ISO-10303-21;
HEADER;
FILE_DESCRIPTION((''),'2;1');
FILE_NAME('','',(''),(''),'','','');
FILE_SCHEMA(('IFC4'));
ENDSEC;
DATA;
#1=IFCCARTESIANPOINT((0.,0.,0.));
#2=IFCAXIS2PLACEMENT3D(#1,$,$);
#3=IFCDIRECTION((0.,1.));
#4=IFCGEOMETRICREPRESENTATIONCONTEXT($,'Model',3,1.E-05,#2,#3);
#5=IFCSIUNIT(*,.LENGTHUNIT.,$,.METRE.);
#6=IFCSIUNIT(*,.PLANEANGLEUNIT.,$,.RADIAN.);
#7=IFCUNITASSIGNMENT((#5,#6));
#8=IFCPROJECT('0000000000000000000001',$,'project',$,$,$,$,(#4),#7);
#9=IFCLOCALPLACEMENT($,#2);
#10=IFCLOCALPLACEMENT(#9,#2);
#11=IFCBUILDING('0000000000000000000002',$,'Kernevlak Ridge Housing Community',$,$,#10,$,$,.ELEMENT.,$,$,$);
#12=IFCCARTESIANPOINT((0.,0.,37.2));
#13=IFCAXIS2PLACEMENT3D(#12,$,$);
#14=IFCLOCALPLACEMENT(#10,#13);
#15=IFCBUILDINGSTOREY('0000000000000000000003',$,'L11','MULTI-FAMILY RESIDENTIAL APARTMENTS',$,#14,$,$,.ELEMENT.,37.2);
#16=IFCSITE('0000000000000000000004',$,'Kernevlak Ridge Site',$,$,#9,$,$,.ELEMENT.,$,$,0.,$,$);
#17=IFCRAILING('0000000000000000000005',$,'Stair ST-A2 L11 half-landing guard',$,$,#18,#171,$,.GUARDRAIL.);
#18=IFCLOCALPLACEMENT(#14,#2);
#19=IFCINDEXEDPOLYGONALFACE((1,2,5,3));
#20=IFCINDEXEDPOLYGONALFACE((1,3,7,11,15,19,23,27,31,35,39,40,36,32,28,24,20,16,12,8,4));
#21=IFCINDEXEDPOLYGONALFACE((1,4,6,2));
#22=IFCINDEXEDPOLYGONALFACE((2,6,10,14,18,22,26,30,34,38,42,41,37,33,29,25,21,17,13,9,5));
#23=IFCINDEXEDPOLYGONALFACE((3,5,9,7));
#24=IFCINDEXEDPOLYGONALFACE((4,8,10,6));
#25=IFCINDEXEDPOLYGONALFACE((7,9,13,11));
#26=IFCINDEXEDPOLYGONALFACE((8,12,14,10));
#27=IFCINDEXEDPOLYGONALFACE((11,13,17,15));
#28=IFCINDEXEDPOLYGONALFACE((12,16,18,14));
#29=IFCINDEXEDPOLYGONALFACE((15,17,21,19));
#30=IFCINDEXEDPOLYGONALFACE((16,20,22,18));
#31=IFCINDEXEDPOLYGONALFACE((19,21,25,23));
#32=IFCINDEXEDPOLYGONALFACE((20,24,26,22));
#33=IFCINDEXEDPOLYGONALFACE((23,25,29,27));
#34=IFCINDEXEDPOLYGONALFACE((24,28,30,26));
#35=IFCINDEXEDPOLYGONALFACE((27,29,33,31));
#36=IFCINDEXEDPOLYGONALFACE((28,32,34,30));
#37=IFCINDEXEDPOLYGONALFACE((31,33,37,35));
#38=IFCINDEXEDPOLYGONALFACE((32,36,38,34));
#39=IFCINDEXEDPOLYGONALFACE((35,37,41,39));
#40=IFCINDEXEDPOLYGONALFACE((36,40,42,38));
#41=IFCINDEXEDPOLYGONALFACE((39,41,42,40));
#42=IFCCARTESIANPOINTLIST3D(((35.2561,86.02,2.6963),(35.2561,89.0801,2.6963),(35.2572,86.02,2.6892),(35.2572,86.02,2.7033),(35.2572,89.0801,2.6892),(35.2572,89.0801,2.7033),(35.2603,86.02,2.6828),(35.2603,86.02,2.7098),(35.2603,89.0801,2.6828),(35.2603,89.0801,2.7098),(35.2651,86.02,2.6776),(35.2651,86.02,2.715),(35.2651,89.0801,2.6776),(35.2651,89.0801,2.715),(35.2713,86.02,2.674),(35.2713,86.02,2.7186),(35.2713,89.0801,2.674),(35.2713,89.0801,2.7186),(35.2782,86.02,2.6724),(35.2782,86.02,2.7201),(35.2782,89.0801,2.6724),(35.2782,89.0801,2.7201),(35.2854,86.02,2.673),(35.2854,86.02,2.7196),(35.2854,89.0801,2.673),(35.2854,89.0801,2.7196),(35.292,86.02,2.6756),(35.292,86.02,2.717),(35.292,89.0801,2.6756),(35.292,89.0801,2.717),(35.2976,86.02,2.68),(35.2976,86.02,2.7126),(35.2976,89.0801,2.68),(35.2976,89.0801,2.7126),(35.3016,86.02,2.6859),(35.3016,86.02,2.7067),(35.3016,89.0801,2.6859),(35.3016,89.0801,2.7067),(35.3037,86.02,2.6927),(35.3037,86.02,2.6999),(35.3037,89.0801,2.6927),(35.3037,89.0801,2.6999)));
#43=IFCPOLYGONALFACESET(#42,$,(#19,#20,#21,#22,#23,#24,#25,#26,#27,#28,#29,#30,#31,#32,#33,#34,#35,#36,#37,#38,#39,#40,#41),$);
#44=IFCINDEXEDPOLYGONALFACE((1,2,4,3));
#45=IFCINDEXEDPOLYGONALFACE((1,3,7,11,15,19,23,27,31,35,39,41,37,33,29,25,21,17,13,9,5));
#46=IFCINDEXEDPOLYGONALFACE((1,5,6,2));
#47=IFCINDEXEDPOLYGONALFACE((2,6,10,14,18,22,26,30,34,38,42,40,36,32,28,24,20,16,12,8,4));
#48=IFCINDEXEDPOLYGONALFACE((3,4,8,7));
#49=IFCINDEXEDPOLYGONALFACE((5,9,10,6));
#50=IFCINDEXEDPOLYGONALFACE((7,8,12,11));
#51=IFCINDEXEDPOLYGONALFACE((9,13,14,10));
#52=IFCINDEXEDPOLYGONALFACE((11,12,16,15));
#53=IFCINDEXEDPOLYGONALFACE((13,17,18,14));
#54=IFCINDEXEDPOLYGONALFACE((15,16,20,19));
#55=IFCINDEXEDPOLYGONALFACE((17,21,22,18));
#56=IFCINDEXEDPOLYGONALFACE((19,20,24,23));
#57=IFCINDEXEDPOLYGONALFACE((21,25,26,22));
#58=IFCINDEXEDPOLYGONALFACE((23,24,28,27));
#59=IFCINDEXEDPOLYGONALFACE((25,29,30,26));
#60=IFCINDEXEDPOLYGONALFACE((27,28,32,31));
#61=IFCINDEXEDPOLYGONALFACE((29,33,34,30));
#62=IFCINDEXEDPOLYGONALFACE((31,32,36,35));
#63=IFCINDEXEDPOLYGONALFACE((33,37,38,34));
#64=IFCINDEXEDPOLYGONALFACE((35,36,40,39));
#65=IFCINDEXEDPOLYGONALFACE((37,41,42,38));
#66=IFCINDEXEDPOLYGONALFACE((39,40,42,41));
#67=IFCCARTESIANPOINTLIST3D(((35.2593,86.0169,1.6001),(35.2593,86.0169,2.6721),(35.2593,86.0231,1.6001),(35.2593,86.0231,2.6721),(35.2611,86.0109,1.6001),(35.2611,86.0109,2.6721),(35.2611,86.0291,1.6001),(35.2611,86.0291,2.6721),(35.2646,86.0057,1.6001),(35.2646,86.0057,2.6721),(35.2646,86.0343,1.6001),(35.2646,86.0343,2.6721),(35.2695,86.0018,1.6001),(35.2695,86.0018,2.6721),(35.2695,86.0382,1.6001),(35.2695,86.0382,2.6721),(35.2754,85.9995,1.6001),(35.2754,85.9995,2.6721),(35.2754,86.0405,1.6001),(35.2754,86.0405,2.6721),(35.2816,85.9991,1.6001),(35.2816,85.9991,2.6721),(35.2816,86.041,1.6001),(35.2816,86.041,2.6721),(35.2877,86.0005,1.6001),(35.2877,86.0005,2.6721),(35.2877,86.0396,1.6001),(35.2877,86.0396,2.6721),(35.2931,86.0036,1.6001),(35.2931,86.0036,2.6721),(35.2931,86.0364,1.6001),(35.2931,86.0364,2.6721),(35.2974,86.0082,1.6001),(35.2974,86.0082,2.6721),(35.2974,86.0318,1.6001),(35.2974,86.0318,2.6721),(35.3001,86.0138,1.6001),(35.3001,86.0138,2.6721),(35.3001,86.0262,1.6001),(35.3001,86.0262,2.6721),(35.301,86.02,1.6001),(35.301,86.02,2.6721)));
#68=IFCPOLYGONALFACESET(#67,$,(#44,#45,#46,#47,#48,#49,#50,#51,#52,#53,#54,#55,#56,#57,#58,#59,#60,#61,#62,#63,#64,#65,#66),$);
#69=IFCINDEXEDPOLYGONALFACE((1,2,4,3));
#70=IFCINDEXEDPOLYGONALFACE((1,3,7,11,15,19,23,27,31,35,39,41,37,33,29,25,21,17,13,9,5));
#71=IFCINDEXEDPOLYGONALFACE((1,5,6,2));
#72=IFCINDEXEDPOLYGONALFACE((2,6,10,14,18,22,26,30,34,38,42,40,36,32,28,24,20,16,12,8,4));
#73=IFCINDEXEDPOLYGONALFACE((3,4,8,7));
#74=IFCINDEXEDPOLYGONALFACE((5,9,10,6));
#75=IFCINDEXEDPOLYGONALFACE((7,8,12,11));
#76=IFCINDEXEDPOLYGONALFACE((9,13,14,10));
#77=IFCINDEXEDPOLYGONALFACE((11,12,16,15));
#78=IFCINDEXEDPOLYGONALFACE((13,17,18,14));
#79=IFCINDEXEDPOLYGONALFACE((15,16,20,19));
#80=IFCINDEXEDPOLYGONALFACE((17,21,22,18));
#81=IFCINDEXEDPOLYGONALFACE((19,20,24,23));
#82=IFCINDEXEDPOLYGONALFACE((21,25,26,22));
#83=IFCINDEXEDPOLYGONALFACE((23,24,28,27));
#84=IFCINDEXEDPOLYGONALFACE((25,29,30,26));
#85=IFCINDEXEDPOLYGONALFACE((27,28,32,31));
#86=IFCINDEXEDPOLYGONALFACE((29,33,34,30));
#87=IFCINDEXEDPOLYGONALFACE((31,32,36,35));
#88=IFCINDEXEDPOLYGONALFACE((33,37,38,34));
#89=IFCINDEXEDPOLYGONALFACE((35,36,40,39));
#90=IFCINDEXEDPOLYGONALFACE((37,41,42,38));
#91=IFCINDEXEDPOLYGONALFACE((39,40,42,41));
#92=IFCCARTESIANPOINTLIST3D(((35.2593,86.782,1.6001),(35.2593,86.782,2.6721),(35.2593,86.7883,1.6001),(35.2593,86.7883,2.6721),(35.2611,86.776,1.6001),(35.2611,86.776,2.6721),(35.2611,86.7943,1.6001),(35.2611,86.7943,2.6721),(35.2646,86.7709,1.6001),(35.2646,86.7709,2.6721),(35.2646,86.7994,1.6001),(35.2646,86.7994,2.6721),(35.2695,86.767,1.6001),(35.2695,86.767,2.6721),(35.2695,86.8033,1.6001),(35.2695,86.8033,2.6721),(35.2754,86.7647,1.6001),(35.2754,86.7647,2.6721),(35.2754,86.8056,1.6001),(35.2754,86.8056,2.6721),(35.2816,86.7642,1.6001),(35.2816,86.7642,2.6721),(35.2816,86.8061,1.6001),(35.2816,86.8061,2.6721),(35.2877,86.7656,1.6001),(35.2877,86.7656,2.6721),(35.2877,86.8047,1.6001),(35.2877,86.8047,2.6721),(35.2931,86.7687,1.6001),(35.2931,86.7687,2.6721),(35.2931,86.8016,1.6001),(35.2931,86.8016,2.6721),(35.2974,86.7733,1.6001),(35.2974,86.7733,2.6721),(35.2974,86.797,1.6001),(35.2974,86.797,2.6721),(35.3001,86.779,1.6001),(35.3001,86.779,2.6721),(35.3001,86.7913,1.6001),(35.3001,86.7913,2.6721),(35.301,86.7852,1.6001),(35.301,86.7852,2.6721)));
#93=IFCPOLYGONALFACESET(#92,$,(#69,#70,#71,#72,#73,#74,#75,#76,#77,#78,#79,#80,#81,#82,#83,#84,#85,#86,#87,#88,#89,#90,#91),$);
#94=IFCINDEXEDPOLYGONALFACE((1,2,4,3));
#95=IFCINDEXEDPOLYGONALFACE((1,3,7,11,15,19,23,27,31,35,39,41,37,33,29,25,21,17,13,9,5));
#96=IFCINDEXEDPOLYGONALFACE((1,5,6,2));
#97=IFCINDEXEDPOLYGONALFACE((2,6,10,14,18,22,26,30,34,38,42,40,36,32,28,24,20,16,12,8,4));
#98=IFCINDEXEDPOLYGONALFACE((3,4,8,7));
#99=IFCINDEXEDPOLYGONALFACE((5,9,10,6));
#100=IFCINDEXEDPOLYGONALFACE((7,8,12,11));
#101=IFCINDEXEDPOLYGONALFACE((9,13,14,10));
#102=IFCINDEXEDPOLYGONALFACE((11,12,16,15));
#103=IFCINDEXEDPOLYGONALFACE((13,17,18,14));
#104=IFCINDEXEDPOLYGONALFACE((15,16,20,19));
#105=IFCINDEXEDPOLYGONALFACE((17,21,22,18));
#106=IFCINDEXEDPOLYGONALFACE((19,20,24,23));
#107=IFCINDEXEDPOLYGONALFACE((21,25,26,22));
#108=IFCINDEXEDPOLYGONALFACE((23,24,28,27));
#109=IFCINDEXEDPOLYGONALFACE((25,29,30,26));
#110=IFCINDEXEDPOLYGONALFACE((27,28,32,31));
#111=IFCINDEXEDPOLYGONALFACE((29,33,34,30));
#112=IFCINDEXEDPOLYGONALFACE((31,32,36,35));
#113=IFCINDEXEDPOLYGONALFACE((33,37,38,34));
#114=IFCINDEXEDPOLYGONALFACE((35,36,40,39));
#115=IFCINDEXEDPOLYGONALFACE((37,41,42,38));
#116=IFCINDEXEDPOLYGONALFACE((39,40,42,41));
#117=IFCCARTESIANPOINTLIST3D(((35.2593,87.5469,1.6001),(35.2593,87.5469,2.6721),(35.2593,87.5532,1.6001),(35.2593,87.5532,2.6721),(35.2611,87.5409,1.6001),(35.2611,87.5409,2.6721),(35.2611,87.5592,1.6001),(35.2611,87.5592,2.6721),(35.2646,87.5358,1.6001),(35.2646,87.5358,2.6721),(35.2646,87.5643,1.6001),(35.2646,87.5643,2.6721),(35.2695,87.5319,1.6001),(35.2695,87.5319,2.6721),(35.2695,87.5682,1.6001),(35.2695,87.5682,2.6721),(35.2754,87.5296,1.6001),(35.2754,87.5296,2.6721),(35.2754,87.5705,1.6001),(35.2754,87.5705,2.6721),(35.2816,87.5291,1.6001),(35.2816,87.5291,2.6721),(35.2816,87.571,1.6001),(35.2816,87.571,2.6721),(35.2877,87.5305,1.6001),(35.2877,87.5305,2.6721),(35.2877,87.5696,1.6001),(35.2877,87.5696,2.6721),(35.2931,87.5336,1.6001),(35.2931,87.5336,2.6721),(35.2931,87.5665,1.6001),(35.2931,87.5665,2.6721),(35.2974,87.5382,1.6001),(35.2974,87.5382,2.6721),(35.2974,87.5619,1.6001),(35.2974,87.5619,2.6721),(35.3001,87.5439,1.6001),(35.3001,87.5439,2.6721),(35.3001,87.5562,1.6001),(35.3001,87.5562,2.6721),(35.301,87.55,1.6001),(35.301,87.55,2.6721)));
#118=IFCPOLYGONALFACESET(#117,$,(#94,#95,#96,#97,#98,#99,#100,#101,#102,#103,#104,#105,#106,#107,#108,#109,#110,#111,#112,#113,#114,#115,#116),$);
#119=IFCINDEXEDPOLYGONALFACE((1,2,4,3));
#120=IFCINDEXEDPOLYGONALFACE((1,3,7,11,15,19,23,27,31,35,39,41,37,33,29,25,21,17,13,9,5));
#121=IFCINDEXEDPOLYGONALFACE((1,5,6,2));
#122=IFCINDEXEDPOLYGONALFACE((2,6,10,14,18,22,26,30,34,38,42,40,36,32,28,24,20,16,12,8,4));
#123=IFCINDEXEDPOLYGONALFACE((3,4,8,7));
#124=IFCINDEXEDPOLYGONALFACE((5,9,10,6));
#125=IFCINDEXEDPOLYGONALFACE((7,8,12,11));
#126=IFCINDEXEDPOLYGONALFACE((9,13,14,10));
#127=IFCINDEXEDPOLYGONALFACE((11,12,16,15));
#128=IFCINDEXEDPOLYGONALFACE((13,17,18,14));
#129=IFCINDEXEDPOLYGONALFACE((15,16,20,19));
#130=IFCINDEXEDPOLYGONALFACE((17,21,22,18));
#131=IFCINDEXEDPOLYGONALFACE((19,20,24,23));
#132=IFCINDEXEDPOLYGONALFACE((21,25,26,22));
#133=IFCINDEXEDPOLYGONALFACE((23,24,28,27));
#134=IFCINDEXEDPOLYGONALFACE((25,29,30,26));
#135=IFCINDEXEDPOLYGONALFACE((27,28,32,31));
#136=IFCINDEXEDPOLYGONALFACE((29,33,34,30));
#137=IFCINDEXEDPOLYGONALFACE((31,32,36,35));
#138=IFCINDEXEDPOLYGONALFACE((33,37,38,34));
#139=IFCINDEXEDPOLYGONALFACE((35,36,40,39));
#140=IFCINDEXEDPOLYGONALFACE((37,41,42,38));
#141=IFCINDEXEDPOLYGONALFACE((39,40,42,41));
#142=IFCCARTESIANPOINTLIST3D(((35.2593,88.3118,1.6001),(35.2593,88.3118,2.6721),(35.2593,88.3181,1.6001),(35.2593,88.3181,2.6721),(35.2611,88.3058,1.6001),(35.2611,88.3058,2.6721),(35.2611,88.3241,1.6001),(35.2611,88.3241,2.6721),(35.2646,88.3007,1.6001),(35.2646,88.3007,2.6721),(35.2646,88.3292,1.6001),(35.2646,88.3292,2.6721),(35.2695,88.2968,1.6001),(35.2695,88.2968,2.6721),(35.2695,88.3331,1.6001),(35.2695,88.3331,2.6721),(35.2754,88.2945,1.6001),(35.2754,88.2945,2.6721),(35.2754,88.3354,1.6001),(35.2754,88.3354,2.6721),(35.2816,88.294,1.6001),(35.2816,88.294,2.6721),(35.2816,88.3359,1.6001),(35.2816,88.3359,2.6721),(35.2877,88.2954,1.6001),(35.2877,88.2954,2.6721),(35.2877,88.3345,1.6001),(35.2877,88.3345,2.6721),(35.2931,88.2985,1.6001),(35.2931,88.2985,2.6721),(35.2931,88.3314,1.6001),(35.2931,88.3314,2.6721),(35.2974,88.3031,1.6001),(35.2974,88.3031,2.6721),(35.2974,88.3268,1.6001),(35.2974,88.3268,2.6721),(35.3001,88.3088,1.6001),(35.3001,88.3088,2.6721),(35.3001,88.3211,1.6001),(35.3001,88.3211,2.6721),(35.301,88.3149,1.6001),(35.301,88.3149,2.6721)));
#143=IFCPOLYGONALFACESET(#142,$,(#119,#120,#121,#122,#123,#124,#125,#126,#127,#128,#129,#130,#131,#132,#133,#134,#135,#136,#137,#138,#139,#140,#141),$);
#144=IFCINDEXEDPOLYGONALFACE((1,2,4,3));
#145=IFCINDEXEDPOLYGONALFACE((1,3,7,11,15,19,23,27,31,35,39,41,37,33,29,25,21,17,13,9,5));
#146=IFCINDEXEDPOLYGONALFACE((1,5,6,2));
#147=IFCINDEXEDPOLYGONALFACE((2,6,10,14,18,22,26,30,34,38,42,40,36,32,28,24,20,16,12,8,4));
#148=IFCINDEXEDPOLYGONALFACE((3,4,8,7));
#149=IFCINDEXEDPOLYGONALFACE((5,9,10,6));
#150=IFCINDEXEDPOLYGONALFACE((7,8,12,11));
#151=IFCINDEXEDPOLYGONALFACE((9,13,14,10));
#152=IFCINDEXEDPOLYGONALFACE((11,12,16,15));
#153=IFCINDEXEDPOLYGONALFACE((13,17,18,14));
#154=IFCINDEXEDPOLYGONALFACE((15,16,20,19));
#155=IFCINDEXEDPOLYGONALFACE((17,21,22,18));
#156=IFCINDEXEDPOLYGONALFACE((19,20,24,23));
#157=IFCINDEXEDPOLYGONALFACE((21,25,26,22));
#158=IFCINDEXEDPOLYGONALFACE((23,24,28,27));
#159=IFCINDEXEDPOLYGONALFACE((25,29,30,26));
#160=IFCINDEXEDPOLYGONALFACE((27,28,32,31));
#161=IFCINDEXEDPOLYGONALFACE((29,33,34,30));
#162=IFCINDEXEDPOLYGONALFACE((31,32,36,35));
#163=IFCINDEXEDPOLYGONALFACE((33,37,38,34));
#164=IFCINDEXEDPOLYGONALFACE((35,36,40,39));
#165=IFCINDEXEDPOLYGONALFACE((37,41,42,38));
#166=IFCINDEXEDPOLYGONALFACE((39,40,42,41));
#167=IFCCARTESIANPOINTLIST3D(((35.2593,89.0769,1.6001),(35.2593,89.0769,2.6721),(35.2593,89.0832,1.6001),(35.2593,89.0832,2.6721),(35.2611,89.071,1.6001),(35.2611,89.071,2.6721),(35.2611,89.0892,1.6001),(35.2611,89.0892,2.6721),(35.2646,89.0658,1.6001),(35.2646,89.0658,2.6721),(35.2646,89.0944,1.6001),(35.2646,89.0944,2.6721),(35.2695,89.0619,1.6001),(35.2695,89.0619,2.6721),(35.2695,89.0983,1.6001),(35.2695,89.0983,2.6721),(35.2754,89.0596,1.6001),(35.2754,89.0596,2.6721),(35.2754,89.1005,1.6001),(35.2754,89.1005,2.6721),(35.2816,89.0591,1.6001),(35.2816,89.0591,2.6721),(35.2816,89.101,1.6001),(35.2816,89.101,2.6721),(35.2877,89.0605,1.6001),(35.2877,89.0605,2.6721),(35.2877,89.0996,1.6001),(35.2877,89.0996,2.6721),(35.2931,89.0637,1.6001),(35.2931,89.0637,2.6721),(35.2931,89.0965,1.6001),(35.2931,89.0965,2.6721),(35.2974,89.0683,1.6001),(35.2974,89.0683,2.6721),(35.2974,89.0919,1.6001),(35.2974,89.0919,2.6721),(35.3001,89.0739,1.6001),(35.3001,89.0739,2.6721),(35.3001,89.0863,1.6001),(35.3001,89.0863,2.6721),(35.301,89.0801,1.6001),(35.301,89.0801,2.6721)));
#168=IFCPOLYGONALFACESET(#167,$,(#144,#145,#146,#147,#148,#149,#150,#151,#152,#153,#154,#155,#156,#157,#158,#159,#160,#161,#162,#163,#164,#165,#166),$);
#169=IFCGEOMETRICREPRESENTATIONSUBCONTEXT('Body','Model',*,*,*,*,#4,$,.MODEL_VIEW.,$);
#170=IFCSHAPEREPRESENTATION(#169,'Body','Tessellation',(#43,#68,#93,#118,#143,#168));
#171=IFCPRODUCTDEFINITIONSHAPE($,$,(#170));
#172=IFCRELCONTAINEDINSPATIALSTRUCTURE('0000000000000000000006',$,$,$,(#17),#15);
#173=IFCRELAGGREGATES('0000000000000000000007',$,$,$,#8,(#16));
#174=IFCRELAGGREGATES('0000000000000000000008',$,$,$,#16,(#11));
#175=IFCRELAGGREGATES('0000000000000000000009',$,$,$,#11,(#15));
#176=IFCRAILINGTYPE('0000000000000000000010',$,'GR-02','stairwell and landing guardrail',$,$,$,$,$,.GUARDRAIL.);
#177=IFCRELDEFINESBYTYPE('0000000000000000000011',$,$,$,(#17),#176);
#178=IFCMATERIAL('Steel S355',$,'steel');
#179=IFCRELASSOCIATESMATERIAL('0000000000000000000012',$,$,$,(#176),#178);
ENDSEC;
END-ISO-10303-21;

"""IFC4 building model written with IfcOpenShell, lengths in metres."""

from ifc_helpers import new_model, si_unit, direction, frame, origin, origin_2d, place, context, subcontext, project, spatial, circle, extrude, material, type_object, element, save


model = new_model("IFC4")

# Units and contexts
model_context = context("Model", 3, precision=1e-05, world=origin(), true_north=direction((0.0, 1.0)))
body_context = subcontext(model_context, "Body", "Model", "MODEL_VIEW")
ifc_project = project(units=[si_unit("LENGTHUNIT", "METRE"), si_unit("PLANEANGLEUNIT", "RADIAN")], contexts=[model_context])

# Site, building, storey
site_placement = place(None, origin())
site = spatial("IfcSite", under=ifc_project, at=site_placement, Name="Kernevlak Ridge Site", CompositionType="ELEMENT", RefElevation=0.0)
building_placement = place(site_placement, origin())
building = spatial("IfcBuilding", under=site, at=building_placement, Name="Kernevlak Ridge Housing Community", CompositionType="ELEMENT")
storey_placement = place(building_placement, frame((0.0, 0.0, 37.2)))
storey = spatial("IfcBuildingStorey", under=building, at=storey_placement, Name="L11", Description="MULTI-FAMILY RESIDENTIAL APARTMENTS", CompositionType="ELEMENT", Elevation=37.2)

# Railing
ifc_material_1 = material(Name="Steel S355", Category="steel")
railing_type_1 = type_object("IfcRailingType", Name="GR-02", Description="stairwell and landing guardrail", PredefinedType="GUARDRAIL", material=ifc_material_1)
railing_1_placement = place(storey_placement, frame((35.28, 86.02, 1.6001)))
element("IfcRailing", 1, at=railing_1_placement, inside=storey, type_object=railing_type_1, Name="Stair ST-A2 L11 half-landing guard", PredefinedType="GUARDRAIL", context=body_context, shape_type="SweptSolid", body=[
    extrude(circle(Radius=0.0239, at=origin_2d()), frame((0.0, 0.0, 1.0962), z_axis=(0.0, 1.0, 0.0), x_axis=(-1.0, 0.0, 0.0)), (0.0, 0.0, 1.0), 3.0601),
    extrude(circle(Radius=0.021, at=origin_2d()), origin(), (0.0, 0.0, 1.0), 1.072),
    extrude(circle(Radius=0.021, at=origin_2d()), frame((0.0, 0.7651, 0.0)), (0.0, 0.0, 1.0), 1.072),
    extrude(circle(Radius=0.021, at=origin_2d()), frame((0.0, 1.53, 0.0)), (0.0, 0.0, 1.0), 1.072),
    extrude(circle(Radius=0.021, at=origin_2d()), frame((0.0, 2.2949, 0.0)), (0.0, 0.0, 1.0), 1.072),
    extrude(circle(Radius=0.021, at=origin_2d()), frame((0.0, 3.0601, 0.0)), (0.0, 0.0, 1.0), 1.072),
])

save(model, "model.ifc")
